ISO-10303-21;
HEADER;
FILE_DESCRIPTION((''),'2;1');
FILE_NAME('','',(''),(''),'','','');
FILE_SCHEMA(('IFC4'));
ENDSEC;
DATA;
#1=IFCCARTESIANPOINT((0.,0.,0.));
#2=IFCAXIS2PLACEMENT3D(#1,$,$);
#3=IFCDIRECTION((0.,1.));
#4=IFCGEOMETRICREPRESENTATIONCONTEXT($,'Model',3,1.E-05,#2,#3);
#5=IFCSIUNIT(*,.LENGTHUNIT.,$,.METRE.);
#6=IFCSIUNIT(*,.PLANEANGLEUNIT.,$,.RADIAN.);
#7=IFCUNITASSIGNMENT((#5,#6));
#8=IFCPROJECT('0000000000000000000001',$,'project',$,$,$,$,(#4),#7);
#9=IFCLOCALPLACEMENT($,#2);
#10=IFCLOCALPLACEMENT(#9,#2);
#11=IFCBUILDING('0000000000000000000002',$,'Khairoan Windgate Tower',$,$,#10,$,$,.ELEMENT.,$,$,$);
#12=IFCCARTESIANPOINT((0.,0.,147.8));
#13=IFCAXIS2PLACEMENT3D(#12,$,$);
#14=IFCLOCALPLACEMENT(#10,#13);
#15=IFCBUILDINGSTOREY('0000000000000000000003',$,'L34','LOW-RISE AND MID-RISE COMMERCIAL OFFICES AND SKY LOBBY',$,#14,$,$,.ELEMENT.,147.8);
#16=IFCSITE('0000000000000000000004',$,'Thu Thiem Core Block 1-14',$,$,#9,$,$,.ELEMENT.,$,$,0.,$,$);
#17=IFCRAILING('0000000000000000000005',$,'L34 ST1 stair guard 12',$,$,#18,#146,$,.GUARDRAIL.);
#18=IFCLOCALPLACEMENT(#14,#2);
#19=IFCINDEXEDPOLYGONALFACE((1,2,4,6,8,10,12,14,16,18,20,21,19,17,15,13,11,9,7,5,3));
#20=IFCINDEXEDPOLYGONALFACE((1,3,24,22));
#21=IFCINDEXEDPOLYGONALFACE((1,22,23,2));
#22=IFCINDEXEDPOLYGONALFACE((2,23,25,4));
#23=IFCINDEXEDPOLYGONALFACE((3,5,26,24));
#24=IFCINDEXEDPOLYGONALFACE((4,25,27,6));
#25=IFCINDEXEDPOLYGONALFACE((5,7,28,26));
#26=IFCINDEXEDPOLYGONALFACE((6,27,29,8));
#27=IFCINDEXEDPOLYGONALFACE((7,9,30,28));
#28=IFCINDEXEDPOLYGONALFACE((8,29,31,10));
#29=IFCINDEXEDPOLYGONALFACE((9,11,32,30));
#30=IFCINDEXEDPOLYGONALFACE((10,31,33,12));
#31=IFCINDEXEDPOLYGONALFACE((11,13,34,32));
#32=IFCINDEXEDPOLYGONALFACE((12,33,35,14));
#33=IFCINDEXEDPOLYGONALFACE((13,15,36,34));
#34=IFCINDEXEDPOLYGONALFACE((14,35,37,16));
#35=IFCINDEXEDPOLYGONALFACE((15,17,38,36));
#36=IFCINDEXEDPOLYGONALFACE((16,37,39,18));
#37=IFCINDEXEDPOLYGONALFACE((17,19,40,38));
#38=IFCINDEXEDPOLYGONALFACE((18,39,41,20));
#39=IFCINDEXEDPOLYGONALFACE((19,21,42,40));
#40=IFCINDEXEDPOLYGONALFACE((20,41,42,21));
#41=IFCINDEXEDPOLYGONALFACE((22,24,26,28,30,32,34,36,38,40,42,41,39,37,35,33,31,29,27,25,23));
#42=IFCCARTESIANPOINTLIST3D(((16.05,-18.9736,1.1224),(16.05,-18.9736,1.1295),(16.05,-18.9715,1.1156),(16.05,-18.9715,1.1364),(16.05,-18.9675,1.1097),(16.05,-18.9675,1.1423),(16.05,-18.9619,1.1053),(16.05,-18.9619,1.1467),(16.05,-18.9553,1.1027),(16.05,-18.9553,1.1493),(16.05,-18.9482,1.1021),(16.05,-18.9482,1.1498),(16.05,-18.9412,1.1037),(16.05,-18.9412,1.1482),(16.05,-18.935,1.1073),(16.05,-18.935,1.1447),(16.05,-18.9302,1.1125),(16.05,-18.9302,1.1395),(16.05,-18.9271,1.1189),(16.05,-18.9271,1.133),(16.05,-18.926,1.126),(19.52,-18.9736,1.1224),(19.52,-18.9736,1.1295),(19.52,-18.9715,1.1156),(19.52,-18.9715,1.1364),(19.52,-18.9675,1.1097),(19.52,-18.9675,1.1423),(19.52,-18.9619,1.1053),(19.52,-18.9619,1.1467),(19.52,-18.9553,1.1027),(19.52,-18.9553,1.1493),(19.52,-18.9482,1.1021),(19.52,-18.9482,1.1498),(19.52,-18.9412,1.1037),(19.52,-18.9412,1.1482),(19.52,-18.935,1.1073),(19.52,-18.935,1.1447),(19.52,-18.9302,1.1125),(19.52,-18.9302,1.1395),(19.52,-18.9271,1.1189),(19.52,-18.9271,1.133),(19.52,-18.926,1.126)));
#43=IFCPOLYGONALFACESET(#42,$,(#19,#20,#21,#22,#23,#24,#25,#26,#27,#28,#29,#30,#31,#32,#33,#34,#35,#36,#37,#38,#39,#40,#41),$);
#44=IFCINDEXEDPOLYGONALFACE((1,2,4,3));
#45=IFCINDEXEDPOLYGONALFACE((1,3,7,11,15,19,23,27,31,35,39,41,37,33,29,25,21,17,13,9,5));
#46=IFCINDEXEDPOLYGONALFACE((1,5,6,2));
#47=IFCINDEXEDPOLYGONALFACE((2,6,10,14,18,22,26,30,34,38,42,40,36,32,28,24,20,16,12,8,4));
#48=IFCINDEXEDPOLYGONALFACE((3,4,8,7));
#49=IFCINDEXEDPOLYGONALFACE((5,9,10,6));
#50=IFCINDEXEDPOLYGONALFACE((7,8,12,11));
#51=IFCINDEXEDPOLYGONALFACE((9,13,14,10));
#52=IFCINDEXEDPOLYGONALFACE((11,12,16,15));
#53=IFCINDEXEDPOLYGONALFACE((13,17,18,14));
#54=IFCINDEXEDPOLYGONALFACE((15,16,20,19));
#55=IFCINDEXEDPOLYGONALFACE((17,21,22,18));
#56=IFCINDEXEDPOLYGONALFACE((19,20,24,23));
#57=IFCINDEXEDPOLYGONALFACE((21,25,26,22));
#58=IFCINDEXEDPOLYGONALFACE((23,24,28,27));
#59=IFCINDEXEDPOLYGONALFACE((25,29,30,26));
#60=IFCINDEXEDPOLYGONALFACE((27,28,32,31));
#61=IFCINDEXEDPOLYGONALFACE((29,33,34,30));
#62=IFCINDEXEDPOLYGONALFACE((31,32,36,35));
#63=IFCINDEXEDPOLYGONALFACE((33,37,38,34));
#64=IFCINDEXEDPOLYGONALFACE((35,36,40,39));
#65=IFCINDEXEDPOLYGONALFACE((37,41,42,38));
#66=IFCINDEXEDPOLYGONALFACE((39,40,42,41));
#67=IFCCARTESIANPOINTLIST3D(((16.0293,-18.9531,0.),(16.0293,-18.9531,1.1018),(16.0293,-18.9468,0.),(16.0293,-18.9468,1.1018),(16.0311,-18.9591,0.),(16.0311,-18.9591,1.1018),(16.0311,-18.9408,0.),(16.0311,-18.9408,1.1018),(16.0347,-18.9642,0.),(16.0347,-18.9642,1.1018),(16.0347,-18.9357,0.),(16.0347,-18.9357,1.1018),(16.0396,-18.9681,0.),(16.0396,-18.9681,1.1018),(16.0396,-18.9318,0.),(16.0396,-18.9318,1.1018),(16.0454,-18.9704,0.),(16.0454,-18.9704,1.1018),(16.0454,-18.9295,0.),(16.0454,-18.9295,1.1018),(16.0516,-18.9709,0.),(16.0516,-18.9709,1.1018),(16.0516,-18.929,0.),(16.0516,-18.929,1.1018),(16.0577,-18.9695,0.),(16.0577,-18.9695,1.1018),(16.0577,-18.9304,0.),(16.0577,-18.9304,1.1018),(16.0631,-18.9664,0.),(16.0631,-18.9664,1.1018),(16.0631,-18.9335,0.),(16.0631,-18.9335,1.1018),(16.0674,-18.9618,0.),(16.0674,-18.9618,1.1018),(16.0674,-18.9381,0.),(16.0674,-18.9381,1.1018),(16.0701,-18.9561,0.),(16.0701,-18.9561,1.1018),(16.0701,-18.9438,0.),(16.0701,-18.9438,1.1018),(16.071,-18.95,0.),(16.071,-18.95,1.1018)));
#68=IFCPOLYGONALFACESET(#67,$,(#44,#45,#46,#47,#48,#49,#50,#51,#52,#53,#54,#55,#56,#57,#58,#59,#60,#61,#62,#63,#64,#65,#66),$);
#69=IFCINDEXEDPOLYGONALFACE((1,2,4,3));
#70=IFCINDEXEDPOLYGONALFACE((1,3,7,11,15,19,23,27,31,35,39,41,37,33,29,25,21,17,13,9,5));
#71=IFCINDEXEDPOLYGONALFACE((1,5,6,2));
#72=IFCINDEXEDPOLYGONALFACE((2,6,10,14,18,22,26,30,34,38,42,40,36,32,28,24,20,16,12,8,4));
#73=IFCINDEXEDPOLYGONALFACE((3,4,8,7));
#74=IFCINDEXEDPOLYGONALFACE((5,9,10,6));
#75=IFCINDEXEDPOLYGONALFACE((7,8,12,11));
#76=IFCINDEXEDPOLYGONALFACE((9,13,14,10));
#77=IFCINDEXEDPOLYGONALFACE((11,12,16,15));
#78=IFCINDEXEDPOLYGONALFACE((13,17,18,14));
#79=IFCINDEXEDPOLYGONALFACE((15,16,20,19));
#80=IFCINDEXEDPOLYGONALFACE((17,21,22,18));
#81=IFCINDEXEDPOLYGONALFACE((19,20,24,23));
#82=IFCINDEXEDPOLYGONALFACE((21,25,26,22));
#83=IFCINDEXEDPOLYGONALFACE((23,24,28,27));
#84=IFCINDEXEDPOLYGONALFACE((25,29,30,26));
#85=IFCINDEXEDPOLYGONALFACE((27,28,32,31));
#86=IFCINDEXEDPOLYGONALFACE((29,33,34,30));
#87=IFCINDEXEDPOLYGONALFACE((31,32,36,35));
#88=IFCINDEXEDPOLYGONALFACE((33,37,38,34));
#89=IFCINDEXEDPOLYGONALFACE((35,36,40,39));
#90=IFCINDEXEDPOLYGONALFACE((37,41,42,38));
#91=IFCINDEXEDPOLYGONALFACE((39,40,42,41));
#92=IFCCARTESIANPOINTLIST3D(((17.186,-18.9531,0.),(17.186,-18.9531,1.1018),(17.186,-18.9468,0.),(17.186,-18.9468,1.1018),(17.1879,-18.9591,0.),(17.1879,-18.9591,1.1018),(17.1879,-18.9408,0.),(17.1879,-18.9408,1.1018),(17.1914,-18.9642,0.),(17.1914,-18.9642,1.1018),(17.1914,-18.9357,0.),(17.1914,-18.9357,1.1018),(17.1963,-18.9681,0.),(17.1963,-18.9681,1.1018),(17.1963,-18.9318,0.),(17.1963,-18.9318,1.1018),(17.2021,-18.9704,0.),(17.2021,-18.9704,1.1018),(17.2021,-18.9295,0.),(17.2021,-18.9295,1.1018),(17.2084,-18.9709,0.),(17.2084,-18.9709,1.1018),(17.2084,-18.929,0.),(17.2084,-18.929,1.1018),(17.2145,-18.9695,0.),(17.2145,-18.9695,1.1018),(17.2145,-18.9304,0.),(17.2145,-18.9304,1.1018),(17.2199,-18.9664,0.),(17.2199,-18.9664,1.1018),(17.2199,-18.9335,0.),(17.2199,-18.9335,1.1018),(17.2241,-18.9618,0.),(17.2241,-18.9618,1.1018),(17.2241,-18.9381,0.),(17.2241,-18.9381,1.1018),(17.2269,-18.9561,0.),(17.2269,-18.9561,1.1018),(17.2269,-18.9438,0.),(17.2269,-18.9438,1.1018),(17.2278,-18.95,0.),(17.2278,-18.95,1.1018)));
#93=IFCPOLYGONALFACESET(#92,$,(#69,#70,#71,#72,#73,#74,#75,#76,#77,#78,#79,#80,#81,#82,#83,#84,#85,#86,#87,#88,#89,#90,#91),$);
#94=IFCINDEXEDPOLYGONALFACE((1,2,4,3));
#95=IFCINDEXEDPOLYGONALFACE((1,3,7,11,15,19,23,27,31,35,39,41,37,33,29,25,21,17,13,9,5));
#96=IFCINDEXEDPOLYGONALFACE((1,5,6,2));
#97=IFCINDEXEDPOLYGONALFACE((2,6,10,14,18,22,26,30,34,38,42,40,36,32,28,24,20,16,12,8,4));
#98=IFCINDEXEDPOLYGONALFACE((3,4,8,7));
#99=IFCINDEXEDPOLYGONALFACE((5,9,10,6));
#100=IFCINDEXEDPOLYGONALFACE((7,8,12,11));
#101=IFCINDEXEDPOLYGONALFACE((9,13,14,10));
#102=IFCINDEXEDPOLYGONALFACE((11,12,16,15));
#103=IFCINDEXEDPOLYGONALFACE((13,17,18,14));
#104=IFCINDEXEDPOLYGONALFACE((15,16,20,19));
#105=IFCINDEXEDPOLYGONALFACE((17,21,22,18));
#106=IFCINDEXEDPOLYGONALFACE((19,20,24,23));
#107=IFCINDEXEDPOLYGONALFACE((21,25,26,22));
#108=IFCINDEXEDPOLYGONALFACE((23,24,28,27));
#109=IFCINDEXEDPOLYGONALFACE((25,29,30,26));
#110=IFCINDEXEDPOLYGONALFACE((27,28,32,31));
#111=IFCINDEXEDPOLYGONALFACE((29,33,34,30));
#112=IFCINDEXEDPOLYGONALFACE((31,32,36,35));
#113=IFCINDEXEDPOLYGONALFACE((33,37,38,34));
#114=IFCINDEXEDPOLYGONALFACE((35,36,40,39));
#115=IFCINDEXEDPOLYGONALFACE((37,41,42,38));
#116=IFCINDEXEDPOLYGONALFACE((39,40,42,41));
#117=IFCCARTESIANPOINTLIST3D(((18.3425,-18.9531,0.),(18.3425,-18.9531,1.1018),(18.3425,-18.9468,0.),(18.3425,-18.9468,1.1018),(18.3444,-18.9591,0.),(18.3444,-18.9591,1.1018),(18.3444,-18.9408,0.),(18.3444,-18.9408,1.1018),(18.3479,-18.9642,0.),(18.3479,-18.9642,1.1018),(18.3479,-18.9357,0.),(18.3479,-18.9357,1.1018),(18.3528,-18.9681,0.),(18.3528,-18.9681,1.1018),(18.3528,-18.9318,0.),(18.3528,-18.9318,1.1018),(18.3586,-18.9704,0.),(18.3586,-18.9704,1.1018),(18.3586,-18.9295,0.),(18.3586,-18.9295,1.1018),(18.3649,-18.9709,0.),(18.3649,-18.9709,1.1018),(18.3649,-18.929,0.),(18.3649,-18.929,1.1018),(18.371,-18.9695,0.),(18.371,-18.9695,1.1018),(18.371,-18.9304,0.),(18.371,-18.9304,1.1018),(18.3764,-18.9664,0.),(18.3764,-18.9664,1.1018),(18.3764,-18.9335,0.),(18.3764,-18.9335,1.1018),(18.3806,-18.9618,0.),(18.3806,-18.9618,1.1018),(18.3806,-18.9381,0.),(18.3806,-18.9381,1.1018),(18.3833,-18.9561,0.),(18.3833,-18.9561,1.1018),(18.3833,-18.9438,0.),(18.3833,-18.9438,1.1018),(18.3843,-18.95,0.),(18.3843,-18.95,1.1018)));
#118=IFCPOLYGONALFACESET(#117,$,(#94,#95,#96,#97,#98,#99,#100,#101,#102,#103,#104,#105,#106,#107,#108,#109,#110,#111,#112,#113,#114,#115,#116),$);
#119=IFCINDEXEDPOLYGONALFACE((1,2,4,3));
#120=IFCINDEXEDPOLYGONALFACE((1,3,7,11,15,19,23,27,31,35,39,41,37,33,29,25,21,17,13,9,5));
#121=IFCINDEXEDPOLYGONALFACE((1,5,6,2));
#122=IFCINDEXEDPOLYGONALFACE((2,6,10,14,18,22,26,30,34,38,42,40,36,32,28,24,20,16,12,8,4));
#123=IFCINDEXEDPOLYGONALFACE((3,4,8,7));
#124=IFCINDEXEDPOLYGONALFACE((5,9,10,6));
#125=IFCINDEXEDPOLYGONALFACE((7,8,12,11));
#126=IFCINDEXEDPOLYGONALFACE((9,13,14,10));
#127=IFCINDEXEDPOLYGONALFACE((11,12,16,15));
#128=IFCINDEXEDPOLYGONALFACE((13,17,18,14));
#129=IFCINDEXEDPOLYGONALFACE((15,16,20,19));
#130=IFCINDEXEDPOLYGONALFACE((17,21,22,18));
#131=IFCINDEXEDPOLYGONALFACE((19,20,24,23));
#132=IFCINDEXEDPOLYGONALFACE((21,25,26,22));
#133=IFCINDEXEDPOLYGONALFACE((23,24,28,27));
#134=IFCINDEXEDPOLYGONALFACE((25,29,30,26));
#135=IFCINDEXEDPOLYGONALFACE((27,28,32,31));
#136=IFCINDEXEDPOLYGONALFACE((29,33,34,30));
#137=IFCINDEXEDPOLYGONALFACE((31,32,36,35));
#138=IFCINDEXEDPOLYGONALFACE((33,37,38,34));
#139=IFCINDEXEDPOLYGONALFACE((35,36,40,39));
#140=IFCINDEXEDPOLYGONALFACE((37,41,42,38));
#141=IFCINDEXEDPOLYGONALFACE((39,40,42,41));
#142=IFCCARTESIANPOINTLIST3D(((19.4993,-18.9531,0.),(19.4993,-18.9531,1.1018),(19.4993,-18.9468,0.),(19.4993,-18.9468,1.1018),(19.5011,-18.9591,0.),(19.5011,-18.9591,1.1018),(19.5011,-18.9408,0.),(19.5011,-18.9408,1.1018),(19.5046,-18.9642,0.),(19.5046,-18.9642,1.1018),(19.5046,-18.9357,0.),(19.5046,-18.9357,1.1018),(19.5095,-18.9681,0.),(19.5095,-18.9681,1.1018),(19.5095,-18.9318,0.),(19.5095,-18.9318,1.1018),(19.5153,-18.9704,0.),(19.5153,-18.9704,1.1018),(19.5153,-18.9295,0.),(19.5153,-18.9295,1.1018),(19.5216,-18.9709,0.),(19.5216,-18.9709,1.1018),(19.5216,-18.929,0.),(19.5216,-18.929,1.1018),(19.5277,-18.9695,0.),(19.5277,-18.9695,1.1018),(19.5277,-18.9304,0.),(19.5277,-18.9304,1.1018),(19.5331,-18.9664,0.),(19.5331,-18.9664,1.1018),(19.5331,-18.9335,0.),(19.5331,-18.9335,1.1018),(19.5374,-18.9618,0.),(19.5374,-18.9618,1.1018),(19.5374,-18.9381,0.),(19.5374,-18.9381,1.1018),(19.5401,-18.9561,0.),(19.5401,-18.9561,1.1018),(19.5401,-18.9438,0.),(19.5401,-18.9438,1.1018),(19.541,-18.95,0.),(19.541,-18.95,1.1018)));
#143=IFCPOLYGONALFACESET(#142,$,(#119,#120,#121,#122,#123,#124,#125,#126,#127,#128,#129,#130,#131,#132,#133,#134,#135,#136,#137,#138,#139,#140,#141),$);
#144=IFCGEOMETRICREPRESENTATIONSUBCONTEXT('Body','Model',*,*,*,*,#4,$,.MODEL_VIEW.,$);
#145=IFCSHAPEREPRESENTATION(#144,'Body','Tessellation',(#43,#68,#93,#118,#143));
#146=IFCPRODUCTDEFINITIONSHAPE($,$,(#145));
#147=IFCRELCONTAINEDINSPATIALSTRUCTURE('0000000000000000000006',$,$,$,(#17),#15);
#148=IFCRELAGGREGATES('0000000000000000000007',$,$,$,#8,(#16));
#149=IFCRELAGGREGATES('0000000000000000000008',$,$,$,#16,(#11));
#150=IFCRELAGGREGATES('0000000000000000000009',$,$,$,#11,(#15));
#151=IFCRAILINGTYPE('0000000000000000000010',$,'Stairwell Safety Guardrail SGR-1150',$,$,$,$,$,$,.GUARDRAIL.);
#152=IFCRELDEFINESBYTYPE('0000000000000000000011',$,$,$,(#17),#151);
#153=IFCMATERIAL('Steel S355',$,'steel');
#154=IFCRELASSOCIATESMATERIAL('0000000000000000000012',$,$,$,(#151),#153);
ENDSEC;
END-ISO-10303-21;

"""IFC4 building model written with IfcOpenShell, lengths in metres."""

from ifc_helpers import new_model, si_unit, direction, frame, origin, origin_2d, place, context, subcontext, project, spatial, circle, extrude, material, type_object, element, save


model = new_model("IFC4")

# Units and contexts
model_context = context("Model", 3, precision=1e-05, world=origin(), true_north=direction((0.0, 1.0)))
body_context = subcontext(model_context, "Body", "Model", "MODEL_VIEW")
ifc_project = project(units=[si_unit("LENGTHUNIT", "METRE"), si_unit("PLANEANGLEUNIT", "RADIAN")], contexts=[model_context])

# Site, building, storey
site_placement = place(None, origin())
site = spatial("IfcSite", under=ifc_project, at=site_placement, Name="Thu Thiem Core Block 1-14", CompositionType="ELEMENT", RefElevation=0.0)
building_placement = place(site_placement, origin())
building = spatial("IfcBuilding", under=site, at=building_placement, Name="Khairoan Windgate Tower", CompositionType="ELEMENT")
storey_placement = place(building_placement, frame((0.0, 0.0, 147.8)))
storey = spatial("IfcBuildingStorey", under=building, at=storey_placement, Name="L34", Description="LOW-RISE AND MID-RISE COMMERCIAL OFFICES AND SKY LOBBY", CompositionType="ELEMENT", Elevation=147.8)

# Railing
ifc_material_1 = material(Name="Steel S355", Category="steel")
railing_type_1 = type_object("IfcRailingType", Name="Stairwell Safety Guardrail SGR-1150", PredefinedType="GUARDRAIL", material=ifc_material_1)
railing_1_placement = place(storey_placement, frame((16.05, -18.95, 0.0)))
element("IfcRailing", 1, at=railing_1_placement, inside=storey, type_object=railing_type_1, Name="L34 ST1 stair guard 12", PredefinedType="GUARDRAIL", context=body_context, shape_type="SweptSolid", body=[
    extrude(circle(Radius=0.0239, at=origin_2d()), frame((0.0, 0.0, 1.126), z_axis=(1.0, 0.0, 0.0), x_axis=(0.0, 1.0, 0.0)), (0.0, 0.0, 1.0), 3.47),
    extrude(circle(Radius=0.021, at=origin_2d()), origin(), (0.0, 0.0, 1.0), 1.1018),
    extrude(circle(Radius=0.021, at=origin_2d()), frame((1.1567, 0.0, 0.0)), (0.0, 0.0, 1.0), 1.1018),
    extrude(circle(Radius=0.021, at=origin_2d()), frame((2.3132, 0.0, 0.0)), (0.0, 0.0, 1.0), 1.1018),
    extrude(circle(Radius=0.021, at=origin_2d()), frame((3.47, 0.0, 0.0)), (0.0, 0.0, 1.0), 1.1018),
])

save(model, "model.ifc")
